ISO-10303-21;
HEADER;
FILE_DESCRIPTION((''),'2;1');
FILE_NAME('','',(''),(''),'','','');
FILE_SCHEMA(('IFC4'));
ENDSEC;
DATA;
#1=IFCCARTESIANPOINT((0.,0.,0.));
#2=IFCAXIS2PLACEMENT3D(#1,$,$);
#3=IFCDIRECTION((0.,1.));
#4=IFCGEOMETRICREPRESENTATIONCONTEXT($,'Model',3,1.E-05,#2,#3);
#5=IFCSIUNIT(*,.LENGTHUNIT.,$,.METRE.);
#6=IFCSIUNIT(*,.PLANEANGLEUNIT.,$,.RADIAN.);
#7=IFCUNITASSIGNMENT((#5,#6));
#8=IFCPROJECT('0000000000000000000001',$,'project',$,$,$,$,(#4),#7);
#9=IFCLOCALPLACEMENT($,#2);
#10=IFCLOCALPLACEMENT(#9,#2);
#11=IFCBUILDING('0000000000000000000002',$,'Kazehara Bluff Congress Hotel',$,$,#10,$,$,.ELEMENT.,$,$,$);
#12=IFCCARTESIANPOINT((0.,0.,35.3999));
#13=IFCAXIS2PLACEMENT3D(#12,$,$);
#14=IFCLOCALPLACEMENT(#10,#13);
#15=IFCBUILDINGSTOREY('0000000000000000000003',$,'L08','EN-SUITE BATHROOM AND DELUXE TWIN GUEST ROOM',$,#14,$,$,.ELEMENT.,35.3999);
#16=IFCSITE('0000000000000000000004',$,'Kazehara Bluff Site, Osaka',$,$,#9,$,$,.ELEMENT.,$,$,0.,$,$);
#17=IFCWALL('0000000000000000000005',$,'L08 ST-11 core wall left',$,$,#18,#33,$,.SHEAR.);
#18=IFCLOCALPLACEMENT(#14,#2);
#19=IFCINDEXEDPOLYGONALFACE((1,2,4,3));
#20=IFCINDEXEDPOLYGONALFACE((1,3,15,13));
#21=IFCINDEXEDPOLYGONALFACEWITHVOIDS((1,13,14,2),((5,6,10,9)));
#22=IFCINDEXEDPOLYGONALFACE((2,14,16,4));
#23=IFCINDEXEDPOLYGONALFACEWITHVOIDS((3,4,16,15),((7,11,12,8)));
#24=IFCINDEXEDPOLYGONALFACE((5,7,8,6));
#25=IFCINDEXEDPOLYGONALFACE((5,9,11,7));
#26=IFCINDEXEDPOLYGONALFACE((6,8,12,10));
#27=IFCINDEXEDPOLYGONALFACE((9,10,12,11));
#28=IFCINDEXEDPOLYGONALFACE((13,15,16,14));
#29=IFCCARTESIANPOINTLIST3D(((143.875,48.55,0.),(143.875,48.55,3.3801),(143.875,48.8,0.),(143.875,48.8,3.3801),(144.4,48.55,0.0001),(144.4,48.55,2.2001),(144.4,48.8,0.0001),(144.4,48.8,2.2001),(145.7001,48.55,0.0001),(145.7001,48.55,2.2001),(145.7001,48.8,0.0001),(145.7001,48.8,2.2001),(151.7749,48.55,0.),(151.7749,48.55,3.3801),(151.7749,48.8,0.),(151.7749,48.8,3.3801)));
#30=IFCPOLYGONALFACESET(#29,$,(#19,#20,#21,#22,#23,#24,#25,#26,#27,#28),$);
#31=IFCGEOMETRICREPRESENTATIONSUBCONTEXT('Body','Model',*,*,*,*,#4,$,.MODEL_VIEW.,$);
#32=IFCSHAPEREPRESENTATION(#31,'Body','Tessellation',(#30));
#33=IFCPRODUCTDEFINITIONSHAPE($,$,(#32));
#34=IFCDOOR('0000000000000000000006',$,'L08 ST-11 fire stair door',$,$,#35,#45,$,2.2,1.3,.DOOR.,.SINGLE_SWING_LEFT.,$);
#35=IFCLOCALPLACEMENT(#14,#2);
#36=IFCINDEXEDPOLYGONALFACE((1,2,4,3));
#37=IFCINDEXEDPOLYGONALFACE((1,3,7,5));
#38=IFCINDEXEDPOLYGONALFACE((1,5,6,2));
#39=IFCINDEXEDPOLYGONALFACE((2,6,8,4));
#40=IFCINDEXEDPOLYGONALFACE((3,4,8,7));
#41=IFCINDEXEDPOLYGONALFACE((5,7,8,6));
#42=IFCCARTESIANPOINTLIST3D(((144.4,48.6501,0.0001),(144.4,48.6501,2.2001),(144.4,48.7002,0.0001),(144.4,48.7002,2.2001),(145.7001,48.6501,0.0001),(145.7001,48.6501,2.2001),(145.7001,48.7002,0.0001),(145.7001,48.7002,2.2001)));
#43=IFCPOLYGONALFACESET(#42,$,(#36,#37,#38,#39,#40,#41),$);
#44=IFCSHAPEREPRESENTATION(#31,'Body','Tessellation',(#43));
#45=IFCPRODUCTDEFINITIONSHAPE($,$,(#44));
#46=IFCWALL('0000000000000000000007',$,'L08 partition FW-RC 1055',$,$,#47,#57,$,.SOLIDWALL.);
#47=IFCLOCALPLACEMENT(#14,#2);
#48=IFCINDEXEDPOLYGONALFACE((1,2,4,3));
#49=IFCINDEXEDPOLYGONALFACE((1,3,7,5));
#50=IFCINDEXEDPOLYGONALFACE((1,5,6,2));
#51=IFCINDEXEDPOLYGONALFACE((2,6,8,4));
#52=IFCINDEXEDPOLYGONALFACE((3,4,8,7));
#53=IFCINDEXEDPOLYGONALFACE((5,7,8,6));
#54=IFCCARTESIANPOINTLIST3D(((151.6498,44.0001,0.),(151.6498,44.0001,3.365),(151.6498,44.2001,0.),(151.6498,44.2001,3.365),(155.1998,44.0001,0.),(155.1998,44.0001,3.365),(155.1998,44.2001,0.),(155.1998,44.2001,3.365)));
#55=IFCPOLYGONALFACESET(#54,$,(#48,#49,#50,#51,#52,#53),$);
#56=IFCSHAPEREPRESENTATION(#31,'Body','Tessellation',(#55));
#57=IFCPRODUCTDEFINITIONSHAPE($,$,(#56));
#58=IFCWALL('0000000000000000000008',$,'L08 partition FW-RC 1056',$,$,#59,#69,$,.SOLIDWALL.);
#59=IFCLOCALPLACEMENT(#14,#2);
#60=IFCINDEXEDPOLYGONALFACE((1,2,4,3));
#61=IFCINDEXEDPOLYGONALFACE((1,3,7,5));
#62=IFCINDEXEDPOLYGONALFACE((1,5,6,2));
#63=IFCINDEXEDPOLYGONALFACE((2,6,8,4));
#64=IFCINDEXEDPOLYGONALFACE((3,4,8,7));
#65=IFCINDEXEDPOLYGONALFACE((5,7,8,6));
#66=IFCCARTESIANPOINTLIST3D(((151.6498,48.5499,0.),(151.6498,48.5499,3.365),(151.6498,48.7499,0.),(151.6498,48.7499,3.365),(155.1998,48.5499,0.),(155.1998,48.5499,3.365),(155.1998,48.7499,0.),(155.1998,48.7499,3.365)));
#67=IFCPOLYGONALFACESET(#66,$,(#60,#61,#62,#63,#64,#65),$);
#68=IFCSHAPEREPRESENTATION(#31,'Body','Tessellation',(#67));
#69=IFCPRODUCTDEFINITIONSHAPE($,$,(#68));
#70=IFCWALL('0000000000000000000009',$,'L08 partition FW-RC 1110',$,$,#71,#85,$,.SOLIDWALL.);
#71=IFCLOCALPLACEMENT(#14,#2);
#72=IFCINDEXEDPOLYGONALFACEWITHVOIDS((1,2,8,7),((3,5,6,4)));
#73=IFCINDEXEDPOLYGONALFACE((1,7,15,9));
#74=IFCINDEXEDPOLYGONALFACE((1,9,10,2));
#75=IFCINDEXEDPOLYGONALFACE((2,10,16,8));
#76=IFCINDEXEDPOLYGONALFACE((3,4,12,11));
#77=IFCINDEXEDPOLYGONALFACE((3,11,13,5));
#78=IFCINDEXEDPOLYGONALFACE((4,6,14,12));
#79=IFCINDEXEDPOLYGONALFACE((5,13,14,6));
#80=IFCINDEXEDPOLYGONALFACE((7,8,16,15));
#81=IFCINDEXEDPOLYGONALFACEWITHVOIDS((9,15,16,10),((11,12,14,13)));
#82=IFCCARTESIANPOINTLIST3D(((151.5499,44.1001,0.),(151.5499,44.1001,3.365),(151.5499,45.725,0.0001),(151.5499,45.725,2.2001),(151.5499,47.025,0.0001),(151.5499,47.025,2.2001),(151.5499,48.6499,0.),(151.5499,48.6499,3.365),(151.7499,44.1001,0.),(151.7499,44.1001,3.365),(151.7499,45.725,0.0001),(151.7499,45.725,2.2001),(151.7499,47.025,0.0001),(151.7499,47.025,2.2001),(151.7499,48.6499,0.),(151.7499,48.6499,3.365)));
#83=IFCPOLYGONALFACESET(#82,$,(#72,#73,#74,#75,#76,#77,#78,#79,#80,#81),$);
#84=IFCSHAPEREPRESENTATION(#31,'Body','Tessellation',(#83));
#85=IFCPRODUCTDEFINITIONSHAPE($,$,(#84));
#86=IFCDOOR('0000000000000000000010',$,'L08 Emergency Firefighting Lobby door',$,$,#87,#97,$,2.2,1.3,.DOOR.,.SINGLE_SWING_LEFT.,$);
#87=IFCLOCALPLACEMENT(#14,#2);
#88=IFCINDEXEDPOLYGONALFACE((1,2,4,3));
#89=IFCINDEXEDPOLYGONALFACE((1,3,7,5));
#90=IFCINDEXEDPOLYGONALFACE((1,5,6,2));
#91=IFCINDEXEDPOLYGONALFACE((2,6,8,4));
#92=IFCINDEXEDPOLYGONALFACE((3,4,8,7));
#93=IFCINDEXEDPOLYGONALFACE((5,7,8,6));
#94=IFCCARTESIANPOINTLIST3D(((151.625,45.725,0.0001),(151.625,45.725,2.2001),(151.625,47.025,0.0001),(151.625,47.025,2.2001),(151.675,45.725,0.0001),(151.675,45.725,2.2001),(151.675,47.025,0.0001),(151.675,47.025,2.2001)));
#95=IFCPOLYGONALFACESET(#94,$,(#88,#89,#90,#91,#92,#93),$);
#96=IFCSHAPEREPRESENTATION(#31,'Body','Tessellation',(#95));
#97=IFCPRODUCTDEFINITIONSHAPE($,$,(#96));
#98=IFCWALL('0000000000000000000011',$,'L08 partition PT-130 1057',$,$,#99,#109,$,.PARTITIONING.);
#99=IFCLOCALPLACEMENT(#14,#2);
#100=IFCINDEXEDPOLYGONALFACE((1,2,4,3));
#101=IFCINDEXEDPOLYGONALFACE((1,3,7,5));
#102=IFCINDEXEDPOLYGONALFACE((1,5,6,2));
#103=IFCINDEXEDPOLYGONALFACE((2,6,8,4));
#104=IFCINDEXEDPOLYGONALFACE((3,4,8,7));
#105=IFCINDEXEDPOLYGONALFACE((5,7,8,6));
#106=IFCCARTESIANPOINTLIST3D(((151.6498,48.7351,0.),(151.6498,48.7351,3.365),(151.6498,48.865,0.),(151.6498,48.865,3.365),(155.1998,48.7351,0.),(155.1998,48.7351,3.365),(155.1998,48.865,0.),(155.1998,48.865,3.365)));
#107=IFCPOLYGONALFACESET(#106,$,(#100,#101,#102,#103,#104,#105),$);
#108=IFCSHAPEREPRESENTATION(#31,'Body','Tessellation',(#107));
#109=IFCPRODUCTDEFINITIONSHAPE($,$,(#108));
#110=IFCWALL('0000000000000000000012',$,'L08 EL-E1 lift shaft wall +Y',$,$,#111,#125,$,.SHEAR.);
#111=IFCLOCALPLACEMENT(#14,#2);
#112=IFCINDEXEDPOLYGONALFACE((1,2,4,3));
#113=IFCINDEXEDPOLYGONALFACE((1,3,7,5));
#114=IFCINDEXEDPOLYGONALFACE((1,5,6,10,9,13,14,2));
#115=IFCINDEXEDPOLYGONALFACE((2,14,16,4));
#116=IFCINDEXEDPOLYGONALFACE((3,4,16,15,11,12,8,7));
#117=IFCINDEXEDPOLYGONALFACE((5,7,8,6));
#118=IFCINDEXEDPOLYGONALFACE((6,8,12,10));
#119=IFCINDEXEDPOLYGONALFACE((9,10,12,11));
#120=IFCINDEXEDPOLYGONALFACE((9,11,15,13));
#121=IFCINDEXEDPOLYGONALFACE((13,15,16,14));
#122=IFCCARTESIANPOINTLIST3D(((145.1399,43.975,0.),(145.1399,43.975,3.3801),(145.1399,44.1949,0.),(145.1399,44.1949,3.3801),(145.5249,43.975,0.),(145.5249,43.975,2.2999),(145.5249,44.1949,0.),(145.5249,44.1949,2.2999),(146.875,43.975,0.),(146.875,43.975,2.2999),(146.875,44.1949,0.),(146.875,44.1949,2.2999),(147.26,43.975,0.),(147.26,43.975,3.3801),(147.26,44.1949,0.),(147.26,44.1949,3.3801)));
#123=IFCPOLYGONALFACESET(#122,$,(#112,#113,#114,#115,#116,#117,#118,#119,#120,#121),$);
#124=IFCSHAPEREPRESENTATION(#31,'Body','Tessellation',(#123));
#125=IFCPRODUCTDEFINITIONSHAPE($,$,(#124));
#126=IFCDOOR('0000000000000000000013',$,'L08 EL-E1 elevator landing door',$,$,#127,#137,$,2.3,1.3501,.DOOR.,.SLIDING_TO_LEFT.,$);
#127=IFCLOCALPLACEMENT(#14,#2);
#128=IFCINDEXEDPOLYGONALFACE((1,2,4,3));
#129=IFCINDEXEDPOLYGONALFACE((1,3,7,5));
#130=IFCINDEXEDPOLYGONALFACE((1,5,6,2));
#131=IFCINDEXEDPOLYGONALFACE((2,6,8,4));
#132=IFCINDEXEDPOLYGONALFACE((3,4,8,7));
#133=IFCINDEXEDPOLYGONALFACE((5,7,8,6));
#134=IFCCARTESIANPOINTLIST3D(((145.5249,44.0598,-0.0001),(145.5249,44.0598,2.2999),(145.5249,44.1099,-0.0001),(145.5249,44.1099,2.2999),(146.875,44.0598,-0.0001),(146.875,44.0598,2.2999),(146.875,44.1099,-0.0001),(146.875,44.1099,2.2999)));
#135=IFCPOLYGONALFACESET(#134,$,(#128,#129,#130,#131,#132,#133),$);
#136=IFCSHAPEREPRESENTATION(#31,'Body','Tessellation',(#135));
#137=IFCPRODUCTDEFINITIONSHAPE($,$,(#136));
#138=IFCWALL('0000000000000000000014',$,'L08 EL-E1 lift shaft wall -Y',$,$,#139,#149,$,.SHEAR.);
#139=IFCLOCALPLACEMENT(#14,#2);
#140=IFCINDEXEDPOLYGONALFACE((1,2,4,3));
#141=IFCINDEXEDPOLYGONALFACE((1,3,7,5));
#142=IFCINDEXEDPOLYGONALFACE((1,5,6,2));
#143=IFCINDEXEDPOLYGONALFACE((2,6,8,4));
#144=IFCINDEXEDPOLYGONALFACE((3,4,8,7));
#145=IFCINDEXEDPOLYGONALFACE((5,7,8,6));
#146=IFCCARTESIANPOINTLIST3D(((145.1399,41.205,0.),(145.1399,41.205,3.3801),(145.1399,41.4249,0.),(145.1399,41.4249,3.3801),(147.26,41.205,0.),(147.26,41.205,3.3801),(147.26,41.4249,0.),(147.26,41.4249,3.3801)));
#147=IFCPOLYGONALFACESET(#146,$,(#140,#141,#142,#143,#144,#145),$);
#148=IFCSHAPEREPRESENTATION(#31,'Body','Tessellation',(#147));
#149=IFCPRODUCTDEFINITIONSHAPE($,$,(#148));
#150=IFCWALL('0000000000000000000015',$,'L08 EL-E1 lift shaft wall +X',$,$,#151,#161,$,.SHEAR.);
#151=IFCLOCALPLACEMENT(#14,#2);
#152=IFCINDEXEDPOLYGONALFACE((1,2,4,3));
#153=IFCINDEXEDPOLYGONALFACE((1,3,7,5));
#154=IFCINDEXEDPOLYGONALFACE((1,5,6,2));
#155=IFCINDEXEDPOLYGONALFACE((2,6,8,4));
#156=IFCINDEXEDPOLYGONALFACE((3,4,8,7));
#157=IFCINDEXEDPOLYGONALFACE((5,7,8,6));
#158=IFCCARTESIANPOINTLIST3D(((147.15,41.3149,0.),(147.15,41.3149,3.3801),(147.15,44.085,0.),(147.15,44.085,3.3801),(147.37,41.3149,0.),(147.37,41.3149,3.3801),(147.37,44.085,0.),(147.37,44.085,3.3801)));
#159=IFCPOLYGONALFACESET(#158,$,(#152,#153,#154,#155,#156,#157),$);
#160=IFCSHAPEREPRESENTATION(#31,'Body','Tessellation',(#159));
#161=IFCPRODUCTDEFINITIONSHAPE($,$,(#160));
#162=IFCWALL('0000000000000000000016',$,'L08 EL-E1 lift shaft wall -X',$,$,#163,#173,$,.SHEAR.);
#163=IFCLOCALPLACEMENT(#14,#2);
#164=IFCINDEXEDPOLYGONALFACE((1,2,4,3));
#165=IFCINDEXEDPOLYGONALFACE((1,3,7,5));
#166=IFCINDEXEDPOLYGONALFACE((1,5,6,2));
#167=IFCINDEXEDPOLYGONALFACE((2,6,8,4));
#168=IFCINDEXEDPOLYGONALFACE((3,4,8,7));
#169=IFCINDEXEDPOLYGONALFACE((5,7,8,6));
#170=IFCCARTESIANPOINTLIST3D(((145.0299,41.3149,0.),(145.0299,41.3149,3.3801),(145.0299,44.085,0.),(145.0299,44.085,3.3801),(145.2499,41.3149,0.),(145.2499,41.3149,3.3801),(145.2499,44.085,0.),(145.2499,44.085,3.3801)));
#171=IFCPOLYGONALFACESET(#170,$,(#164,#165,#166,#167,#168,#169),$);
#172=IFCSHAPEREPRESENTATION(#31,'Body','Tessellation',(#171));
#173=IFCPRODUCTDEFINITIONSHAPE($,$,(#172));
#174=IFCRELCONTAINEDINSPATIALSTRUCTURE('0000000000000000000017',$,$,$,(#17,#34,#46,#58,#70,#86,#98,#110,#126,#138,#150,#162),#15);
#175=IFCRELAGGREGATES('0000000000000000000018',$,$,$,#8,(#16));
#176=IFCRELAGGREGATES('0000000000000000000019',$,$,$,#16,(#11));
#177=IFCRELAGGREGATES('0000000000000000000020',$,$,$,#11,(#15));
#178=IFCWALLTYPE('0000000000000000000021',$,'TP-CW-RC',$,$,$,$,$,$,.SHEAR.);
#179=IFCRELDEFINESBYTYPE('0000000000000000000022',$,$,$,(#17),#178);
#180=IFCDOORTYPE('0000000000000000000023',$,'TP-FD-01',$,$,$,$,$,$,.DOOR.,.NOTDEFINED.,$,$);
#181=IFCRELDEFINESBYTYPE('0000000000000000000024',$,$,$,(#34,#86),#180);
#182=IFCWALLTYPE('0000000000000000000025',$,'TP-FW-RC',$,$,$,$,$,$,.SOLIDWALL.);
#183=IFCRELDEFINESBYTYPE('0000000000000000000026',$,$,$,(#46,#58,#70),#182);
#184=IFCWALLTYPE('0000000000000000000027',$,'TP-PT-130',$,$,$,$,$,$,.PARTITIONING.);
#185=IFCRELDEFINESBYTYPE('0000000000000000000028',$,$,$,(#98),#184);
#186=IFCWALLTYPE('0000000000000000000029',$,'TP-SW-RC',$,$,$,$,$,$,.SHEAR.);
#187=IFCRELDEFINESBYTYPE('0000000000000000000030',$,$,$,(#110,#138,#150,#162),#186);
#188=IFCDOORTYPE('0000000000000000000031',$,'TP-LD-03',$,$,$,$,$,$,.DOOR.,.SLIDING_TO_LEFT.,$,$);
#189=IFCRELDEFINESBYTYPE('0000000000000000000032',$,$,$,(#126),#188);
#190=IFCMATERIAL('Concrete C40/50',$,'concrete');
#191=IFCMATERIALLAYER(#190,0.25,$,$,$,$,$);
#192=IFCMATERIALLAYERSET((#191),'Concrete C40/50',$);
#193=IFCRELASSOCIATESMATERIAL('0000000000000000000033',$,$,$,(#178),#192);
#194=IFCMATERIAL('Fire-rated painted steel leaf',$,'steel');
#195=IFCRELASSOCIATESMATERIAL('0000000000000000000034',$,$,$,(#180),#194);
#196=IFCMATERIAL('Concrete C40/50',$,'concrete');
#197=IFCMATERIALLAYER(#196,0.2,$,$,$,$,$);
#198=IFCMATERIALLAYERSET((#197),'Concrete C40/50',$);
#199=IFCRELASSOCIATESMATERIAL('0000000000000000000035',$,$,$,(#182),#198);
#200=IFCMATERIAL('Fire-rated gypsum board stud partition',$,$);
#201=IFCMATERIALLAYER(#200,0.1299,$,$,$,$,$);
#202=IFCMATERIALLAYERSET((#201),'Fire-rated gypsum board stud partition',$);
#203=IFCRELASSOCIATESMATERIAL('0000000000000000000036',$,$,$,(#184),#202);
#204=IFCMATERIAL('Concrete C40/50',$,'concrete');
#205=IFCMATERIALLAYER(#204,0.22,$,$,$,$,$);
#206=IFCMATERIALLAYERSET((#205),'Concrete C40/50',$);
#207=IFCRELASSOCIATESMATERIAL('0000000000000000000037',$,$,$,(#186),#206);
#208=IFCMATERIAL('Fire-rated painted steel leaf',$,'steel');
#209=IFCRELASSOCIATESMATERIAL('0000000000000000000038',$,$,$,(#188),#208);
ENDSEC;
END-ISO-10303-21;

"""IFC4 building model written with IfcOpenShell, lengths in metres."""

from ifc_helpers import new_model, si_unit, direction, frame, frame_2d, origin, place, context, subcontext, project, spatial, rectangle, extrude, material, layer, layer_set, type_object, element, fill, save


model = new_model("IFC4")

# Units and contexts
model_context = context("Model", 3, precision=1e-05, world=origin(), true_north=direction((0.0, 1.0)))
body_context = subcontext(model_context, "Body", "Model", "MODEL_VIEW")
ifc_project = project(units=[si_unit("LENGTHUNIT", "METRE"), si_unit("PLANEANGLEUNIT", "RADIAN")], contexts=[model_context])

# Site, building, storey
site_placement = place(None, origin())
site = spatial("IfcSite", under=ifc_project, at=site_placement, Name="Kazehara Bluff Site, Osaka", CompositionType="ELEMENT", RefElevation=0.0)
building_placement = place(site_placement, origin())
building = spatial("IfcBuilding", under=site, at=building_placement, Name="Kazehara Bluff Congress Hotel", CompositionType="ELEMENT")
storey_placement = place(building_placement, frame((0.0, 0.0, 35.3999)))
storey = spatial("IfcBuildingStorey", under=building, at=storey_placement, Name="L08", Description="EN-SUITE BATHROOM AND DELUXE TWIN GUEST ROOM", CompositionType="ELEMENT", Elevation=35.3999)

# Wall, opening, door
ifc_material_1 = material(Name="Concrete C40/50", Category="concrete")
ifc_layer_1 = layer(ifc_material_1, 0.25)
ifc_layer_set_1 = layer_set([ifc_layer_1], Name="Concrete C40/50")
wall_type_1 = type_object("IfcWallType", Name="TP-CW-RC", PredefinedType="SHEAR", material=ifc_layer_set_1)
wall_1_placement = place(storey_placement, frame((151.7749, 48.675, 0.0), z_axis=(0.0, 0.0, 1.0), x_axis=(-1.0, 0.0, 0.0)))
wall_1 = element("IfcWall", 1, at=wall_1_placement, inside=storey, type_object=wall_type_1, Name="L08 ST-11 core wall left", PredefinedType="SHEAR", context=body_context, shape_type="SweptSolid", body=[
    extrude(rectangle(XDim=7.8999, YDim=0.25, at=frame_2d((3.95, 0.0))), origin(), (0.0, 0.0, 1.0), 3.3801),
])
opening_1_placement = place(wall_1_placement, frame((6.075, 0.0, 0.0)))
opening_1 = element("IfcOpeningElement", 2, at=opening_1_placement, cuts=wall_1, PredefinedType="OPENING", context=body_context, shape_type="SweptSolid", body=[
    extrude(rectangle(XDim=1.3, YDim=2.2, at=frame_2d((0.6499, 1.1001))), frame((0.0, 0.135, 0.0), z_axis=(0.0, -1.0, 0.0), x_axis=(1.0, 0.0, 0.0)), (0.0, 0.0, 1.0), 0.27),
])
ifc_material_2 = material(Name="Fire-rated painted steel leaf", Category="steel")
door_type_1 = type_object("IfcDoorType", Name="TP-FD-01", OperationType="NOTDEFINED", PredefinedType="DOOR", material=ifc_material_2)
door_1_placement = place(opening_1_placement, origin())
door_1 = element("IfcDoor", 3, at=door_1_placement, inside=storey, type_object=door_type_1, Name="L08 ST-11 fire stair door", OperationType="SINGLE_SWING_LEFT", OverallHeight=2.2, OverallWidth=1.3, PredefinedType="DOOR", context=body_context, shape_type="SweptSolid", body=[
    extrude(rectangle(XDim=1.3, YDim=2.2, at=frame_2d((0.6499, 1.1001))), frame((0.0, 0.0249, 0.0), z_axis=(0.0, -1.0, 0.0), x_axis=(1.0, 0.0, 0.0)), (0.0, 0.0, 1.0), 0.05),
])
fill(opening_1, door_1)

# Walls
ifc_material_3 = material(Name="Concrete C40/50", Category="concrete")
ifc_layer_2 = layer(ifc_material_3, 0.2)
ifc_layer_set_2 = layer_set([ifc_layer_2], Name="Concrete C40/50")
wall_type_2 = type_object("IfcWallType", Name="TP-FW-RC", PredefinedType="SOLIDWALL", material=ifc_layer_set_2)
for number, where, z_axis, x_axis, name in (
    (4, (151.6499, 44.1001, 0.0), (0.0, 0.0, 1.0), (1.0, 0.0, 0.0), "L08 partition FW-RC 1055"),
    (5, (151.6499, 48.6499, 0.0), (0.0, 0.0, 1.0), (1.0, 0.0, 0.0), "L08 partition FW-RC 1056"),
):
    element("IfcWall", number, at=place(storey_placement, frame(where, z_axis=z_axis, x_axis=x_axis)), inside=storey, type_object=wall_type_2, Name=name, PredefinedType="SOLIDWALL", context=body_context, shape_type="SweptSolid", body=[
        extrude(rectangle(XDim=3.55, YDim=0.2, at=frame_2d((1.7749, 0.0))), origin(), (0.0, 0.0, 1.0), 3.365),
    ])

# Wall, opening, door
wall_2_placement = place(storey_placement, frame((151.6499, 44.1001, 0.0), z_axis=(0.0, 0.0, 1.0), x_axis=(0.0, 1.0, 0.0)))
wall_2 = element("IfcWall", 6, at=wall_2_placement, inside=storey, type_object=wall_type_2, Name="L08 partition FW-RC 1110", PredefinedType="SOLIDWALL", context=body_context, shape_type="SweptSolid", body=[
    extrude(rectangle(XDim=4.5498, YDim=0.2, at=frame_2d((2.2749, 0.0))), origin(), (0.0, 0.0, 1.0), 3.365),
])
opening_2_placement = place(wall_2_placement, frame((1.625, 0.0, 0.0)))
opening_2 = element("IfcOpeningElement", 7, at=opening_2_placement, cuts=wall_2, PredefinedType="OPENING", context=body_context, shape_type="SweptSolid", body=[
    extrude(rectangle(XDim=1.3, YDim=2.2, at=frame_2d((0.6499, 1.1001))), frame((0.0, 0.1099, 0.0), z_axis=(0.0, -1.0, 0.0), x_axis=(1.0, 0.0, 0.0)), (0.0, 0.0, 1.0), 0.22),
])
door_2_placement = place(opening_2_placement, origin())
door_2 = element("IfcDoor", 8, at=door_2_placement, inside=storey, type_object=door_type_1, Name="L08 Emergency Firefighting Lobby door", OperationType="SINGLE_SWING_LEFT", OverallHeight=2.2, OverallWidth=1.3, PredefinedType="DOOR", context=body_context, shape_type="SweptSolid", body=[
    extrude(rectangle(XDim=1.3, YDim=2.2, at=frame_2d((0.6499, 1.1001))), frame((0.0, 0.0249, 0.0), z_axis=(0.0, -1.0, 0.0), x_axis=(1.0, 0.0, 0.0)), (0.0, 0.0, 1.0), 0.05),
])
fill(opening_2, door_2)

# Wall
ifc_material_4 = material(Name="Fire-rated gypsum board stud partition")
ifc_layer_3 = layer(ifc_material_4, 0.1299)
ifc_layer_set_3 = layer_set([ifc_layer_3], Name="Fire-rated gypsum board stud partition")
wall_type_3 = type_object("IfcWallType", Name="TP-PT-130", PredefinedType="PARTITIONING", material=ifc_layer_set_3)
wall_3_placement = place(storey_placement, frame((151.6499, 48.8, 0.0), z_axis=(0.0, 0.0, 1.0), x_axis=(1.0, 0.0, 0.0)))
element("IfcWall", 9, at=wall_3_placement, inside=storey, type_object=wall_type_3, Name="L08 partition PT-130 1057", PredefinedType="PARTITIONING", context=body_context, shape_type="SweptSolid", body=[
    extrude(rectangle(XDim=3.55, YDim=0.1299, at=frame_2d((1.7749, 0.0))), origin(), (0.0, 0.0, 1.0), 3.365),
])

# Wall, opening, door
ifc_material_5 = material(Name="Concrete C40/50", Category="concrete")
ifc_layer_4 = layer(ifc_material_5, 0.22)
ifc_layer_set_4 = layer_set([ifc_layer_4], Name="Concrete C40/50")
wall_type_4 = type_object("IfcWallType", Name="TP-SW-RC", PredefinedType="SHEAR", material=ifc_layer_set_4)
wall_4_placement = place(storey_placement, frame((145.1399, 44.085, 0.0), z_axis=(0.0, 0.0, 1.0), x_axis=(1.0, 0.0, 0.0)))
wall_4 = element("IfcWall", 10, at=wall_4_placement, inside=storey, type_object=wall_type_4, Name="L08 EL-E1 lift shaft wall +Y", PredefinedType="SHEAR", context=body_context, shape_type="SweptSolid", body=[
    extrude(rectangle(XDim=2.1201, YDim=0.22, at=frame_2d((1.0601, 0.0))), origin(), (0.0, 0.0, 1.0), 3.3801),
])
opening_3_placement = place(wall_4_placement, frame((0.385, 0.0, 0.0)))
opening_3 = element("IfcOpeningElement", 11, at=opening_3_placement, cuts=wall_4, PredefinedType="OPENING", context=body_context, shape_type="SweptSolid", body=[
    extrude(rectangle(XDim=1.3501, YDim=2.3, at=frame_2d((0.675, 1.1499))), frame((0.0, 0.1199, 0.0), z_axis=(0.0, -1.0, 0.0), x_axis=(1.0, 0.0, 0.0)), (0.0, 0.0, 1.0), 0.24),
])
ifc_material_6 = material(Name="Fire-rated painted steel leaf", Category="steel")
door_type_2 = type_object("IfcDoorType", Name="TP-LD-03", OperationType="SLIDING_TO_LEFT", PredefinedType="DOOR", material=ifc_material_6)
door_3_placement = place(opening_3_placement, origin())
door_3 = element("IfcDoor", 12, at=door_3_placement, inside=storey, type_object=door_type_2, Name="L08 EL-E1 elevator landing door", OperationType="SLIDING_TO_LEFT", OverallHeight=2.3, OverallWidth=1.3501, PredefinedType="DOOR", context=body_context, shape_type="SweptSolid", body=[
    extrude(rectangle(XDim=1.3501, YDim=2.3, at=frame_2d((0.675, 1.1499))), frame((0.0, 0.0249, 0.0), z_axis=(0.0, -1.0, 0.0), x_axis=(1.0, 0.0, 0.0)), (0.0, 0.0, 1.0), 0.05),
])
fill(opening_3, door_3)

# Walls
wall_5_placement = place(storey_placement, frame((145.1399, 41.3149, 0.0), z_axis=(0.0, 0.0, 1.0), x_axis=(1.0, 0.0, 0.0)))
element("IfcWall", 13, at=wall_5_placement, inside=storey, type_object=wall_type_4, Name="L08 EL-E1 lift shaft wall -Y", PredefinedType="SHEAR", context=body_context, shape_type="SweptSolid", body=[
    extrude(rectangle(XDim=2.1201, YDim=0.22, at=frame_2d((1.0601, 0.0))), origin(), (0.0, 0.0, 1.0), 3.3801),
])
for number, where, z_axis, x_axis, name in (
    (14, (147.26, 41.3149, 0.0), (0.0, 0.0, 1.0), (0.0, 1.0, 0.0), "L08 EL-E1 lift shaft wall +X"),
    (15, (145.1399, 41.3149, 0.0), (0.0, 0.0, 1.0), (0.0, 1.0, 0.0), "L08 EL-E1 lift shaft wall -X"),
):
    element("IfcWall", number, at=place(storey_placement, frame(where, z_axis=z_axis, x_axis=x_axis)), inside=storey, type_object=wall_type_4, Name=name, PredefinedType="SHEAR", context=body_context, shape_type="SweptSolid", body=[
        extrude(rectangle(XDim=2.77, YDim=0.22, at=frame_2d((1.385, 0.0))), origin(), (0.0, 0.0, 1.0), 3.3801),
    ])

save(model, "model.ifc")
